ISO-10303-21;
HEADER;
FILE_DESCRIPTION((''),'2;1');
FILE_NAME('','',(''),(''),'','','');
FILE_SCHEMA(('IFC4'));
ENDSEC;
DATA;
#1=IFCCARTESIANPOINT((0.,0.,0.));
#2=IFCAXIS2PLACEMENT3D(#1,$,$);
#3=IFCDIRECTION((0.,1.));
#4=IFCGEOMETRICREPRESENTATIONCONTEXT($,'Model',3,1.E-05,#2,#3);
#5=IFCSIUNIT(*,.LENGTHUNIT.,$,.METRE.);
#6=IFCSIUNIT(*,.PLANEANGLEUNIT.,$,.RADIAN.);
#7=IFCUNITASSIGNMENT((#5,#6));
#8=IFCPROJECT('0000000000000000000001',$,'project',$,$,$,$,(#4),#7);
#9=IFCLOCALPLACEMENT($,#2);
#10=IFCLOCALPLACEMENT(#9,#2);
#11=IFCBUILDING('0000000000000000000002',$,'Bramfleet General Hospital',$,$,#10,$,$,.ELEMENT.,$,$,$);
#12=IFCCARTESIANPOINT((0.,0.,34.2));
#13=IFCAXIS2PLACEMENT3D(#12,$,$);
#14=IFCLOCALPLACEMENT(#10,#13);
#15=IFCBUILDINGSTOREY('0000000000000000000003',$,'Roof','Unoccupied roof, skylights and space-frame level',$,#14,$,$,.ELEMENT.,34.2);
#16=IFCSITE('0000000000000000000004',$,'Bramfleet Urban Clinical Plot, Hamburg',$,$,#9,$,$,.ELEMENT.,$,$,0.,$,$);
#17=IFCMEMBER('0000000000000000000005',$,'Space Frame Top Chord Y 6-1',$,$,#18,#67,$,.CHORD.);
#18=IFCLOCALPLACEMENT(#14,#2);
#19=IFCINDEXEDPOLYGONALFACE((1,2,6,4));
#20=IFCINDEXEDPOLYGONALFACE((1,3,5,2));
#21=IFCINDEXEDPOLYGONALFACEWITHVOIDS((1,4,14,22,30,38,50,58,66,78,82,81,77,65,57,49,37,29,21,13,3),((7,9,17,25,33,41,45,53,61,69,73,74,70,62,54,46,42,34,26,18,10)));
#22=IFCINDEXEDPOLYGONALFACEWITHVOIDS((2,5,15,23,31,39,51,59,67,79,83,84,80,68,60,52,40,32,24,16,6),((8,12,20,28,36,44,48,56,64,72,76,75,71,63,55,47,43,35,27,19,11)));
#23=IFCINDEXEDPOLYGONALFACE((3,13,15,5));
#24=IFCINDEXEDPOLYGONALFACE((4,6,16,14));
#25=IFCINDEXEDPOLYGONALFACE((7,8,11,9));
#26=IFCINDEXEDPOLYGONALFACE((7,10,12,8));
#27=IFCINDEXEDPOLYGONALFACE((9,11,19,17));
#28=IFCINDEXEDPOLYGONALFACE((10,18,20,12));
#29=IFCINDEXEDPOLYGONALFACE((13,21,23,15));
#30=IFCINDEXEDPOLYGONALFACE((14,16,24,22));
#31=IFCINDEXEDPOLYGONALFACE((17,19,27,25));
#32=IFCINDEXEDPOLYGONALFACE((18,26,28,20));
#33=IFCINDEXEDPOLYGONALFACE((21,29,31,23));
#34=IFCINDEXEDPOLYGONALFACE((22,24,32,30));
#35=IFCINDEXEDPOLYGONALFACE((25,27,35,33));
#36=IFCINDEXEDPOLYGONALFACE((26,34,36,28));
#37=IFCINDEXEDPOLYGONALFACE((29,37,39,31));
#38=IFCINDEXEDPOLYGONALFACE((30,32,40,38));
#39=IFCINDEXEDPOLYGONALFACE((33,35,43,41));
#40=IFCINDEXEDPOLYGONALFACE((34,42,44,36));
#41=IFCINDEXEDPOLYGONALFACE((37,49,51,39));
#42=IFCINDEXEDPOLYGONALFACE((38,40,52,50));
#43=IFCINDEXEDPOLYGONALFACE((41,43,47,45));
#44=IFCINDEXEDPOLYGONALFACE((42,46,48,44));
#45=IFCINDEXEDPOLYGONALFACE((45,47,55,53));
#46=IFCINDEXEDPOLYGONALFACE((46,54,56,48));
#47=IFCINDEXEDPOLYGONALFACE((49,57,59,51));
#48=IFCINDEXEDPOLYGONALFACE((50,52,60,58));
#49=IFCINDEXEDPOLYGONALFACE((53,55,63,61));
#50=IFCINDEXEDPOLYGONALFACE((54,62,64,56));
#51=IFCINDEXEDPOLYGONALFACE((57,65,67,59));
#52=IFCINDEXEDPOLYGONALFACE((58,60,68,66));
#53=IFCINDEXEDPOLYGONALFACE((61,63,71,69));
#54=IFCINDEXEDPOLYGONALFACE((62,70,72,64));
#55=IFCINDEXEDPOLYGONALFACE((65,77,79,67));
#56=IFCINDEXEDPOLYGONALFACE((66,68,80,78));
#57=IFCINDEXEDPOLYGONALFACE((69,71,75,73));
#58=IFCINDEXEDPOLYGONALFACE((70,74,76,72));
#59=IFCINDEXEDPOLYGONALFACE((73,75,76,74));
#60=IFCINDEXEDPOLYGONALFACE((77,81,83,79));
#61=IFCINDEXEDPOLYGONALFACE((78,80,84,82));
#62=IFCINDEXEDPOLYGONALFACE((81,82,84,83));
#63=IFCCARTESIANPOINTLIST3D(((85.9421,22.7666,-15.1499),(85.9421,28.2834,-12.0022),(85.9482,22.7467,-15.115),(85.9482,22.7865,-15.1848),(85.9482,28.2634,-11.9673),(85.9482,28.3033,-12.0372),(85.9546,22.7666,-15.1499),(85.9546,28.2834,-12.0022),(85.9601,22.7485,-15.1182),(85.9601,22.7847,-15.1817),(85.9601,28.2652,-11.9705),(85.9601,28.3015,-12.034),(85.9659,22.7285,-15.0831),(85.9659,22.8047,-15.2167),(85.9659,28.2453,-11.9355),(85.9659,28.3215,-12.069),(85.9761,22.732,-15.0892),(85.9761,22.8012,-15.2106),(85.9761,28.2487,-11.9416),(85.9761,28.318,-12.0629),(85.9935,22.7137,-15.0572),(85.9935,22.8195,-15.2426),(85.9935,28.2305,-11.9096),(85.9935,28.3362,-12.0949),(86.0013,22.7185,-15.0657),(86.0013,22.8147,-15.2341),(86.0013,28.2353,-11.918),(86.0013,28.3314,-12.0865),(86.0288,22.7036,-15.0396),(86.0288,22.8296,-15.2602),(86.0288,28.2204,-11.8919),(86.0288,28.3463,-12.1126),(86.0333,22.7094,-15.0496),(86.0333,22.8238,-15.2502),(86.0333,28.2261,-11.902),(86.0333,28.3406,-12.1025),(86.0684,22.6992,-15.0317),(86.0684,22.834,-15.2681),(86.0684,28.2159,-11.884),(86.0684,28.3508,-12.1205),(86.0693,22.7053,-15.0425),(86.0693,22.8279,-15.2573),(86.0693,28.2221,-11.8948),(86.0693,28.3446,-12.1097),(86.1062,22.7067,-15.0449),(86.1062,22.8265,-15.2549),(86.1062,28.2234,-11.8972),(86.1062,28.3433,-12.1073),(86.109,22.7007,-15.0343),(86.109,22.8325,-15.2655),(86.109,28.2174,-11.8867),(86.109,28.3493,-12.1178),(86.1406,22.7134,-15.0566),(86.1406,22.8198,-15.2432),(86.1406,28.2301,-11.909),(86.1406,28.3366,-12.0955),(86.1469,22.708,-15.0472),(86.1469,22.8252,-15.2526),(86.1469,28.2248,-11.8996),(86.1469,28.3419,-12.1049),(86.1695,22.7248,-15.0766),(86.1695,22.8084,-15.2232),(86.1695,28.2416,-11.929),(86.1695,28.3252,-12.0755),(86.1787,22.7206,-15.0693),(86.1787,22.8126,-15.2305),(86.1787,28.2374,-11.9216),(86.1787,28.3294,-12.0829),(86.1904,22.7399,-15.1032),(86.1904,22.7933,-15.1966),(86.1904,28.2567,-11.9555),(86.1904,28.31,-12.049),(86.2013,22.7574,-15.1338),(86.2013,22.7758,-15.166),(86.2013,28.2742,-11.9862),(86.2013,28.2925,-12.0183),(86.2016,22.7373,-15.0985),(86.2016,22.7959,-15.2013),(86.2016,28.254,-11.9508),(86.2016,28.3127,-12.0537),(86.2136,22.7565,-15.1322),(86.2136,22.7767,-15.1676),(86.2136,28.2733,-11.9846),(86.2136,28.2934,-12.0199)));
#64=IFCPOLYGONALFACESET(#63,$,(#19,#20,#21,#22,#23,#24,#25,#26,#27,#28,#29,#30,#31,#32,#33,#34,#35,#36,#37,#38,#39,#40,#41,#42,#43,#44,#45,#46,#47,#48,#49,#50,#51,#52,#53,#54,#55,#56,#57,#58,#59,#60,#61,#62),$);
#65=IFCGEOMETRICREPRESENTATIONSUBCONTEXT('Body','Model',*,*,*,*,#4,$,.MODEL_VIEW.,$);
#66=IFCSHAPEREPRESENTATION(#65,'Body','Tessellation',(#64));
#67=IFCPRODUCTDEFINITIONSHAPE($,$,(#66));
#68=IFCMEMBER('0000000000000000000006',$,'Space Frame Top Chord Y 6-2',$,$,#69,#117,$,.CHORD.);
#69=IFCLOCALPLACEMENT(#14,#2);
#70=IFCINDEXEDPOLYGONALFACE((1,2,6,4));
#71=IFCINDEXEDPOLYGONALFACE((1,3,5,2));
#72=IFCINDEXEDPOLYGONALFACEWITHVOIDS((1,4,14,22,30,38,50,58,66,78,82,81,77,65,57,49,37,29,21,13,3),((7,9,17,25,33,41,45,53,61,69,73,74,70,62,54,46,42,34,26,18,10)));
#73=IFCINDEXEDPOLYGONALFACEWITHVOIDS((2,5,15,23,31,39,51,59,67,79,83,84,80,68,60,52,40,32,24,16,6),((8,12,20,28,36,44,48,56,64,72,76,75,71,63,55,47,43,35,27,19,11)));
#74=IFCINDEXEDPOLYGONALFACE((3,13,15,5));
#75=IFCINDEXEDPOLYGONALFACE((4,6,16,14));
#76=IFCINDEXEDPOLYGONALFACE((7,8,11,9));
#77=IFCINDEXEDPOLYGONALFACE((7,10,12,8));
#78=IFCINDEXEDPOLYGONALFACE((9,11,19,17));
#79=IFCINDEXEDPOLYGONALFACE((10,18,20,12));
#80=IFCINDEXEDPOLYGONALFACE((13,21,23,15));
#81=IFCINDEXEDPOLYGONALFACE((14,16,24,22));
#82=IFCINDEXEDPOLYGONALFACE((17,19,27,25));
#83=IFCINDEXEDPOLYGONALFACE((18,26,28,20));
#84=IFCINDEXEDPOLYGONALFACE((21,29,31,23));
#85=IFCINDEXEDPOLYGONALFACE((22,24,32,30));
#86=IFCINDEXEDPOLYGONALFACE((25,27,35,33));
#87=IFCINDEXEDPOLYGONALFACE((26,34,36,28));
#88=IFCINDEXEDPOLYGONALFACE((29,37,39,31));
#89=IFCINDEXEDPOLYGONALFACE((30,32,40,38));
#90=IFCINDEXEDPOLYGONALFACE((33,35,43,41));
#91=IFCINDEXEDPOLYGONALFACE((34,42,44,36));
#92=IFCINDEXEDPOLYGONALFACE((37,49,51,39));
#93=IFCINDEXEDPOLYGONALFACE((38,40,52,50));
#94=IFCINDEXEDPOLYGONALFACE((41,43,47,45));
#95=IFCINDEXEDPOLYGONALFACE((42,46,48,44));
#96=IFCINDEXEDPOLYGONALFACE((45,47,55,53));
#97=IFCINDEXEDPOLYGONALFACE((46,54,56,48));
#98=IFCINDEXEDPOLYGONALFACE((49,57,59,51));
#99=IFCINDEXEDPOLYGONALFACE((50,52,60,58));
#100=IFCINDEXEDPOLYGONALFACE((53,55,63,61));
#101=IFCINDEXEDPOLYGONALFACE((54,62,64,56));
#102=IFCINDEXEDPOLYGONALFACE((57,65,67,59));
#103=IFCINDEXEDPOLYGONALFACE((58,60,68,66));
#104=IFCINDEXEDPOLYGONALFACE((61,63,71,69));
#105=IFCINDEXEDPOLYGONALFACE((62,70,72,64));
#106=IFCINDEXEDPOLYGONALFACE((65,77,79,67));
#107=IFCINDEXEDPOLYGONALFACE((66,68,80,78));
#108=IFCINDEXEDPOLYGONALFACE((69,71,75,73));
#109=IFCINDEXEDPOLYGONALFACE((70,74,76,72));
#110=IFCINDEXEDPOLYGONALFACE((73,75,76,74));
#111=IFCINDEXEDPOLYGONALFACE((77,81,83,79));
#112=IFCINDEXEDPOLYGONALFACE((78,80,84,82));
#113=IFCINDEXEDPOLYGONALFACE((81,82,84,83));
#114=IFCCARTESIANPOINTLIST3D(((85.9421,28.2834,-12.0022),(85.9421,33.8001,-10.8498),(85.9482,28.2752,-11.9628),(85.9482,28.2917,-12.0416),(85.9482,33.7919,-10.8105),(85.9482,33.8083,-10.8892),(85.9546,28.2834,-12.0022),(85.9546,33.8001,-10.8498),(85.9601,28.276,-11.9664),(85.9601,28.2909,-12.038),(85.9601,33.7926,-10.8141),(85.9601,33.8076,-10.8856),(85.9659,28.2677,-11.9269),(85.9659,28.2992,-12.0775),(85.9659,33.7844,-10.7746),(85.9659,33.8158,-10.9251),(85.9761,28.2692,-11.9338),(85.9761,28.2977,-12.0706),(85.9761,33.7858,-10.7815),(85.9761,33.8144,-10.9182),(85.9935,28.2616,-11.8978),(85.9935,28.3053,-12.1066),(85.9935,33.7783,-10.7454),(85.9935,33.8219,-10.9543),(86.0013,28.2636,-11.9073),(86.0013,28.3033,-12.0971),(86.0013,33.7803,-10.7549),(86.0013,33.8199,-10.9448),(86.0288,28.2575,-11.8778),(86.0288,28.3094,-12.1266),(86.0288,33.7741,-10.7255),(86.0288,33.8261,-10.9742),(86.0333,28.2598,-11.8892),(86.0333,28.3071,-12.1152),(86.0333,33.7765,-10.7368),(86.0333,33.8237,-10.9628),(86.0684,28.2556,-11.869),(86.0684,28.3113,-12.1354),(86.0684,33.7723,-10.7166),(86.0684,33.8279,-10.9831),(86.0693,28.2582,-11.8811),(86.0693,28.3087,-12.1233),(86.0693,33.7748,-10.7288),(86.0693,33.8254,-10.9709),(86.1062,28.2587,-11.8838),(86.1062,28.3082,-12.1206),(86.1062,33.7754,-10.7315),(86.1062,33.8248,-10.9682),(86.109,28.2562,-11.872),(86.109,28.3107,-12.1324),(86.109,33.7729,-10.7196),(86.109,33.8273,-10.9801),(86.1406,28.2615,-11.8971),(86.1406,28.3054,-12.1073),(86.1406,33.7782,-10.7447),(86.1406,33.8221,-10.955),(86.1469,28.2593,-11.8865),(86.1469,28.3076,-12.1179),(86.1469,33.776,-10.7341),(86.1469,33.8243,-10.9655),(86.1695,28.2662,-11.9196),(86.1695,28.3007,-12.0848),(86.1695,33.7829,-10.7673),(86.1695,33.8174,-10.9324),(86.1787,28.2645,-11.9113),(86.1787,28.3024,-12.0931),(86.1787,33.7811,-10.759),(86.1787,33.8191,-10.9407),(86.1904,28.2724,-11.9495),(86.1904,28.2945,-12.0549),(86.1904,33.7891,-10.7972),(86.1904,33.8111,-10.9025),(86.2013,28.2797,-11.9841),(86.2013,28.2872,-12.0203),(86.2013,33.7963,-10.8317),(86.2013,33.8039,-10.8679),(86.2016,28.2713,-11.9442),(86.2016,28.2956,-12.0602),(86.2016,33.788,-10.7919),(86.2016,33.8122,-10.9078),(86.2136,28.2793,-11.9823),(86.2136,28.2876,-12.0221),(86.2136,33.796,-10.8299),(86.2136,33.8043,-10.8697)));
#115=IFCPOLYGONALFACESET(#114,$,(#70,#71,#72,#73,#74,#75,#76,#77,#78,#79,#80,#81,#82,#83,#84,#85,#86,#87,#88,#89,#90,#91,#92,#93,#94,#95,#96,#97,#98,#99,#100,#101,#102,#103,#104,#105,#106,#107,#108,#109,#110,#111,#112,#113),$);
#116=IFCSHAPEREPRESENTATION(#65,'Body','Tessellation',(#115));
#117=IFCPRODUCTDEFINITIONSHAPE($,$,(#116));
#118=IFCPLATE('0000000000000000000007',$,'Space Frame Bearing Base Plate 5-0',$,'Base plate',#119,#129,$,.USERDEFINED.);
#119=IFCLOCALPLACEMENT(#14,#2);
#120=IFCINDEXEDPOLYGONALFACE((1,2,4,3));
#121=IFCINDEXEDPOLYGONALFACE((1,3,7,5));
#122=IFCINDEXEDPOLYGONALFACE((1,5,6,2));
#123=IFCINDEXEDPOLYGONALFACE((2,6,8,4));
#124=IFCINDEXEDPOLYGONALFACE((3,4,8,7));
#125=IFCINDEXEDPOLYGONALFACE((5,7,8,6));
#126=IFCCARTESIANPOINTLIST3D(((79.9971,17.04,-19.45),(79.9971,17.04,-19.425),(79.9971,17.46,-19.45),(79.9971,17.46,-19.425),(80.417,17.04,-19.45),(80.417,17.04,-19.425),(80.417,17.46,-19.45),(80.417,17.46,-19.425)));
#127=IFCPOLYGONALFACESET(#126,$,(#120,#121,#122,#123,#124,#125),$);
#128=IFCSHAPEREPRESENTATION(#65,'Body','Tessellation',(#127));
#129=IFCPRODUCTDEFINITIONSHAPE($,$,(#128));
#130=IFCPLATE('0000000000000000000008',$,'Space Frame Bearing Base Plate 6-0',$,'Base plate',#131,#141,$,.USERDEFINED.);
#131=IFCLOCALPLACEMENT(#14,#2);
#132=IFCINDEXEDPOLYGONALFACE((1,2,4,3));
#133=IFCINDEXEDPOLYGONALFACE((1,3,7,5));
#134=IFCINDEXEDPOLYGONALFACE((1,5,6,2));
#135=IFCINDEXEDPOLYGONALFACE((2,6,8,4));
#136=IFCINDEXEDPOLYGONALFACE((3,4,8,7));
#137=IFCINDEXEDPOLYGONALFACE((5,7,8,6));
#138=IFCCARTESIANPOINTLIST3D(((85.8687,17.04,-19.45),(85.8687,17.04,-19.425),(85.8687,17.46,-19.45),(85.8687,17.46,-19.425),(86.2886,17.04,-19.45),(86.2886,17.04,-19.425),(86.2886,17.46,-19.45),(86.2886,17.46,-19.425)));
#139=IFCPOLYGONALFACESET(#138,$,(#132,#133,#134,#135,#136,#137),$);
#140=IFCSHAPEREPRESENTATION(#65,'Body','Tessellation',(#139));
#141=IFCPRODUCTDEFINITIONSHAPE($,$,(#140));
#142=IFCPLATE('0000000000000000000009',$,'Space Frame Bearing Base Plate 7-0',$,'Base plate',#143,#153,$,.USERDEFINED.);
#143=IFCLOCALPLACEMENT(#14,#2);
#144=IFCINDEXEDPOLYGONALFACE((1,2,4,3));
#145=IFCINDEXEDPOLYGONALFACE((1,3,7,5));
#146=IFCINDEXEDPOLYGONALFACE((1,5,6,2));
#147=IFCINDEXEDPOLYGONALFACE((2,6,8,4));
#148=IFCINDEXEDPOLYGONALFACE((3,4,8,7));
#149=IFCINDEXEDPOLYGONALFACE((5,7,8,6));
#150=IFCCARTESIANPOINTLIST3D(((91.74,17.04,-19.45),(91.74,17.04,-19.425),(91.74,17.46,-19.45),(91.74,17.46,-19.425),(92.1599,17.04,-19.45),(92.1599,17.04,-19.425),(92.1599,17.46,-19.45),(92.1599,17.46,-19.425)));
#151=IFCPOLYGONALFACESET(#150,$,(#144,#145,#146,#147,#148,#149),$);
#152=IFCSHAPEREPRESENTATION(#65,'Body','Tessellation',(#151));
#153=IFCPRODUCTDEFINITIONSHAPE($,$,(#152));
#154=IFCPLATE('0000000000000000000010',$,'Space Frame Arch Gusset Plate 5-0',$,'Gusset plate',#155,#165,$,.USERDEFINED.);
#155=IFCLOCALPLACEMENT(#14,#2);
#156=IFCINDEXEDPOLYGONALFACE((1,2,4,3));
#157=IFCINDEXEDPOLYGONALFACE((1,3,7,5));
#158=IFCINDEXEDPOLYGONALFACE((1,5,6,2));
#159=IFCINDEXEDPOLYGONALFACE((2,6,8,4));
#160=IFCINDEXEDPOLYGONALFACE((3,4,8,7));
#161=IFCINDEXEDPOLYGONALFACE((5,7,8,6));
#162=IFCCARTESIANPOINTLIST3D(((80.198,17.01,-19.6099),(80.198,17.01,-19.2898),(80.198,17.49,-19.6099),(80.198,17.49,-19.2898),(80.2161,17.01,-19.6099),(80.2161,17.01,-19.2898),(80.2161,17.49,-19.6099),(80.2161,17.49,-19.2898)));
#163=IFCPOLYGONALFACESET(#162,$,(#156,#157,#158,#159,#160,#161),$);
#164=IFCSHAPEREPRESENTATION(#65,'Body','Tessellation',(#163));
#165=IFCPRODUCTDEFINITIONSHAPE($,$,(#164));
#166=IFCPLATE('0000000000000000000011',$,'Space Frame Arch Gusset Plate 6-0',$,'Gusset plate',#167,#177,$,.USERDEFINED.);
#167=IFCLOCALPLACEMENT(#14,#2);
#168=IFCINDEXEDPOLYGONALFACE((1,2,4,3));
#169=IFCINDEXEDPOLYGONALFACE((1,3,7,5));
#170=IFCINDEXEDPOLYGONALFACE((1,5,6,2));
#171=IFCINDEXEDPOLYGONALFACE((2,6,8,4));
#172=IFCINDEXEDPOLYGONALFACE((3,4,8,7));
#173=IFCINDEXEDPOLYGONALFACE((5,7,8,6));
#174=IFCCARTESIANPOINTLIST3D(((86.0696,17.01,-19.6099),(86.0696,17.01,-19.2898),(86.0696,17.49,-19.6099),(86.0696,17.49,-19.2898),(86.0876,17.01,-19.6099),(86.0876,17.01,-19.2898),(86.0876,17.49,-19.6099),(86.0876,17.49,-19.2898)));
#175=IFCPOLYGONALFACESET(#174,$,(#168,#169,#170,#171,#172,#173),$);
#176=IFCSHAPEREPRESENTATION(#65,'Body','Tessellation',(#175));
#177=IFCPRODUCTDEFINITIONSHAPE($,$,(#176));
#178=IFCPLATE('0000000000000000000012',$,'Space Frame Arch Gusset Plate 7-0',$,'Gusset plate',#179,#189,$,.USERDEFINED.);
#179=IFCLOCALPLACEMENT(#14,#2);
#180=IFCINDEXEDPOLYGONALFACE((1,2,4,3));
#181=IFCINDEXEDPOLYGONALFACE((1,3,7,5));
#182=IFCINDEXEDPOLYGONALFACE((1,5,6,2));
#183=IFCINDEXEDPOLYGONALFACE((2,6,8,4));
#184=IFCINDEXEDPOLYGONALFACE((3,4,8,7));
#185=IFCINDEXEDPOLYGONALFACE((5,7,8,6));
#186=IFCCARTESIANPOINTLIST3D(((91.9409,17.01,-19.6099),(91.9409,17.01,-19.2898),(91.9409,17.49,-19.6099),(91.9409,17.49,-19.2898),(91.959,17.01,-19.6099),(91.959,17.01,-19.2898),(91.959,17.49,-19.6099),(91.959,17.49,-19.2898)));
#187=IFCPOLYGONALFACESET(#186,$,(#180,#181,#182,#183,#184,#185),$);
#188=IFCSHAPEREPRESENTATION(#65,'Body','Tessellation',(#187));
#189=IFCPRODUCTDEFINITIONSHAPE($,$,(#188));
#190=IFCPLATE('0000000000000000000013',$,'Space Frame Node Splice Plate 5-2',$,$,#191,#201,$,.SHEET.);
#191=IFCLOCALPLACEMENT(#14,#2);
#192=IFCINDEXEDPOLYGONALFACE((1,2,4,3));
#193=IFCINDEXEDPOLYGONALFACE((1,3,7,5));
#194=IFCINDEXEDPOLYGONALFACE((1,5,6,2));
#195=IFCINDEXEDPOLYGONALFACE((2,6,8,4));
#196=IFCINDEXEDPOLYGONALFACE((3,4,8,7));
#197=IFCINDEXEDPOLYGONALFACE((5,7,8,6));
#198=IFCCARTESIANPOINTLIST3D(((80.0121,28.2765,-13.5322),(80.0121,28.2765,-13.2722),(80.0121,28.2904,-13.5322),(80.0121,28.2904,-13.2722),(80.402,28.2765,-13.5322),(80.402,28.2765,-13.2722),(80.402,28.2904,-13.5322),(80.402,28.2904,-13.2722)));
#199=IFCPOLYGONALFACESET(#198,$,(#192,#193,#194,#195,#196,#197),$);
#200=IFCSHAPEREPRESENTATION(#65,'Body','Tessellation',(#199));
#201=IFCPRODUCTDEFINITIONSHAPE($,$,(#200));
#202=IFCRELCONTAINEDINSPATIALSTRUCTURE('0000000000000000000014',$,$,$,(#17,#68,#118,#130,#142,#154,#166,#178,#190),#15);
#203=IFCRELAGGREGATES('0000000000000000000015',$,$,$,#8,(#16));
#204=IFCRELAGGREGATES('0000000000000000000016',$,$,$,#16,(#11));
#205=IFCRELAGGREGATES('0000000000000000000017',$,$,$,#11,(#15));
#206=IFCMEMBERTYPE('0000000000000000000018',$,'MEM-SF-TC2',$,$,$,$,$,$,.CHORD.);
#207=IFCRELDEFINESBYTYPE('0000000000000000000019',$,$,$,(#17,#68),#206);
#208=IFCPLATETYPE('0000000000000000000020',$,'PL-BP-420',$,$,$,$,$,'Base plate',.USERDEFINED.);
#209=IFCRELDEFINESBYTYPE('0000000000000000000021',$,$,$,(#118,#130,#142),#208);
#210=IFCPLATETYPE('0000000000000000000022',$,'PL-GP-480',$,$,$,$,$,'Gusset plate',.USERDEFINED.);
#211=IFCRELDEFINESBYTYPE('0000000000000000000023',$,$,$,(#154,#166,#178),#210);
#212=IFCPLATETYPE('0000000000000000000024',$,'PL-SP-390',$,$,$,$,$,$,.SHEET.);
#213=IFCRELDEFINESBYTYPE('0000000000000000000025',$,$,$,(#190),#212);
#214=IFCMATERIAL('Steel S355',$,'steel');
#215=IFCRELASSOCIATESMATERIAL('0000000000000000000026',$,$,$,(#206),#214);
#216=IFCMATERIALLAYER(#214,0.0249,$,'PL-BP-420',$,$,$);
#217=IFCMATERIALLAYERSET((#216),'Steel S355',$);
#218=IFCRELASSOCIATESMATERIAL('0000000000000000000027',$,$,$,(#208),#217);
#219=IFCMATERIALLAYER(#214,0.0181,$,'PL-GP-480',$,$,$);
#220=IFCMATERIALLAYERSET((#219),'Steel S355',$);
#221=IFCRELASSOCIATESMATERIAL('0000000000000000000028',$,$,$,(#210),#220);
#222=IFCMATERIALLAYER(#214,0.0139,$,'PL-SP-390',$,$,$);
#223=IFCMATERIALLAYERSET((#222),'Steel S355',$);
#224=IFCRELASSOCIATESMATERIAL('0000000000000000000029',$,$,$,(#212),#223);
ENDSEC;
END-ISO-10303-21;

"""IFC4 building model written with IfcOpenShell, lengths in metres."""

from ifc_helpers import new_model, si_unit, direction, frame, origin, origin_2d, place, context, subcontext, project, spatial, rectangle, hollow_circle, extrude, material, layer, layer_set, material_profile, profile_set, type_object, element, save


model = new_model("IFC4")

# Units and contexts
model_context = context("Model", 3, precision=1e-05, world=origin(), true_north=direction((0.0, 1.0)))
body_context = subcontext(model_context, "Body", "Model", "MODEL_VIEW")
ifc_project = project(units=[si_unit("LENGTHUNIT", "METRE"), si_unit("PLANEANGLEUNIT", "RADIAN")], contexts=[model_context])

# Site, building, storey
site_placement = place(None, origin())
site = spatial("IfcSite", under=ifc_project, at=site_placement, Name="Bramfleet Urban Clinical Plot, Hamburg", CompositionType="ELEMENT", RefElevation=0.0)
building_placement = place(site_placement, origin())
building = spatial("IfcBuilding", under=site, at=building_placement, Name="Bramfleet General Hospital", CompositionType="ELEMENT")
storey_placement = place(building_placement, frame((0.0, 0.0, 34.2)))
storey = spatial("IfcBuildingStorey", under=building, at=storey_placement, Name="Roof", Description="Unoccupied roof, skylights and space-frame level", CompositionType="ELEMENT", Elevation=34.2)

# Members
ifc_material_1 = material(Name="Steel S355", Category="steel")
ifc_material_profile_1 = material_profile(ifc_material_1, hollow_circle(Radius=0.1365, WallThickness=0.0125, at=origin_2d()), Name="CHS 273.0x12.5")
ifc_profile_set_1 = profile_set([ifc_material_profile_1], Name="Steel S355")
member_type_1 = type_object("IfcMemberType", Name="MEM-SF-TC2", PredefinedType="CHORD", material=ifc_profile_set_1)
member_1_placement = place(storey_placement, frame((86.0786, 22.7666, -15.1499), z_axis=(0.0, 0.868567, 0.495572), x_axis=(-1.0, 0.0, 0.0)))
element("IfcMember", 1, at=member_1_placement, inside=storey, type_object=member_type_1, Name="Space Frame Top Chord Y 6-1", PredefinedType="CHORD", context=body_context, shape_type="SweptSolid", body=[
    extrude(hollow_circle(Radius=0.1365, WallThickness=0.0125, at=origin_2d()), origin(), (0.0, 0.0, 1.0), 6.3516),
])
member_2_placement = place(storey_placement, frame((86.0786, 28.2834, -12.0022), z_axis=(0.0, 0.978872, 0.204473), x_axis=(-1.0, 0.0, 0.0)))
element("IfcMember", 2, at=member_2_placement, inside=storey, type_object=member_type_1, Name="Space Frame Top Chord Y 6-2", PredefinedType="CHORD", context=body_context, shape_type="SweptSolid", body=[
    extrude(hollow_circle(Radius=0.1365, WallThickness=0.0125, at=origin_2d()), origin(), (0.0, 0.0, 1.0), 5.6357),
])

# Plates
ifc_layer_1 = layer(ifc_material_1, 0.0249, Name="PL-BP-420")
ifc_layer_set_1 = layer_set([ifc_layer_1], Name="Steel S355")
plate_type_1 = type_object("IfcPlateType", Name="PL-BP-420", ElementType="Base plate", PredefinedType="USERDEFINED", material=ifc_layer_set_1)
for number, where, z_axis, x_axis, name in (
    (3, (80.207, 17.25, -19.45), (0.0, 0.0, 1.0), (1.0, 0.0, 0.0), "Space Frame Bearing Base Plate 5-0"),
    (4, (86.0786, 17.25, -19.45), (0.0, 0.0, 1.0), (1.0, 0.0, 0.0), "Space Frame Bearing Base Plate 6-0"),
    (5, (91.95, 17.25, -19.45), (0.0, 0.0, 1.0), (1.0, 0.0, 0.0), "Space Frame Bearing Base Plate 7-0"),
):
    element("IfcPlate", number, at=place(storey_placement, frame(where, z_axis=z_axis, x_axis=x_axis)), inside=storey, type_object=plate_type_1, Name=name, ObjectType="Base plate", PredefinedType="USERDEFINED", context=body_context, shape_type="SweptSolid", body=[
        extrude(rectangle(XDim=0.4199, YDim=0.4199, at=origin_2d()), origin(), (0.0, 0.0, 1.0), 0.0249),
    ])
ifc_layer_2 = layer(ifc_material_1, 0.0181, Name="PL-GP-480")
ifc_layer_set_2 = layer_set([ifc_layer_2], Name="Steel S355")
plate_type_2 = type_object("IfcPlateType", Name="PL-GP-480", ElementType="Gusset plate", PredefinedType="USERDEFINED", material=ifc_layer_set_2)
for number, where, z_axis, x_axis, name in (
    (6, (80.207, 17.25, -19.6099), (0.0, 0.0, 1.0), (0.0, 1.0, 0.0), "Space Frame Arch Gusset Plate 5-0"),
    (7, (86.0786, 17.25, -19.6099), (0.0, 0.0, 1.0), (0.0, 1.0, 0.0), "Space Frame Arch Gusset Plate 6-0"),
    (8, (91.95, 17.25, -19.6099), (0.0, 0.0, 1.0), (0.0, 1.0, 0.0), "Space Frame Arch Gusset Plate 7-0"),
):
    element("IfcPlate", number, at=place(storey_placement, frame(where, z_axis=z_axis, x_axis=x_axis)), inside=storey, type_object=plate_type_2, Name=name, ObjectType="Gusset plate", PredefinedType="USERDEFINED", context=body_context, shape_type="SweptSolid", body=[
        extrude(rectangle(XDim=0.48, YDim=0.0181, at=origin_2d()), origin(), (0.0, 0.0, 1.0), 0.3201),
    ])
ifc_layer_3 = layer(ifc_material_1, 0.0139, Name="PL-SP-390")
ifc_layer_set_3 = layer_set([ifc_layer_3], Name="Steel S355")
plate_type_3 = type_object("IfcPlateType", Name="PL-SP-390", PredefinedType="SHEET", material=ifc_layer_set_3)
for number, where, z_axis, x_axis, name in (
    (9, (80.207, 28.2834, -13.5322), (0.0, 0.0, 1.0), (1.0, 0.0, 0.0), "Space Frame Node Splice Plate 5-2"),
):
    element("IfcPlate", number, at=place(storey_placement, frame(where, z_axis=z_axis, x_axis=x_axis)), inside=storey, type_object=plate_type_3, Name=name, PredefinedType="SHEET", context=body_context, shape_type="SweptSolid", body=[
        extrude(rectangle(XDim=0.3899, YDim=0.0139, at=origin_2d()), origin(), (0.0, 0.0, 1.0), 0.26),
    ])

save(model, "model.ifc")
